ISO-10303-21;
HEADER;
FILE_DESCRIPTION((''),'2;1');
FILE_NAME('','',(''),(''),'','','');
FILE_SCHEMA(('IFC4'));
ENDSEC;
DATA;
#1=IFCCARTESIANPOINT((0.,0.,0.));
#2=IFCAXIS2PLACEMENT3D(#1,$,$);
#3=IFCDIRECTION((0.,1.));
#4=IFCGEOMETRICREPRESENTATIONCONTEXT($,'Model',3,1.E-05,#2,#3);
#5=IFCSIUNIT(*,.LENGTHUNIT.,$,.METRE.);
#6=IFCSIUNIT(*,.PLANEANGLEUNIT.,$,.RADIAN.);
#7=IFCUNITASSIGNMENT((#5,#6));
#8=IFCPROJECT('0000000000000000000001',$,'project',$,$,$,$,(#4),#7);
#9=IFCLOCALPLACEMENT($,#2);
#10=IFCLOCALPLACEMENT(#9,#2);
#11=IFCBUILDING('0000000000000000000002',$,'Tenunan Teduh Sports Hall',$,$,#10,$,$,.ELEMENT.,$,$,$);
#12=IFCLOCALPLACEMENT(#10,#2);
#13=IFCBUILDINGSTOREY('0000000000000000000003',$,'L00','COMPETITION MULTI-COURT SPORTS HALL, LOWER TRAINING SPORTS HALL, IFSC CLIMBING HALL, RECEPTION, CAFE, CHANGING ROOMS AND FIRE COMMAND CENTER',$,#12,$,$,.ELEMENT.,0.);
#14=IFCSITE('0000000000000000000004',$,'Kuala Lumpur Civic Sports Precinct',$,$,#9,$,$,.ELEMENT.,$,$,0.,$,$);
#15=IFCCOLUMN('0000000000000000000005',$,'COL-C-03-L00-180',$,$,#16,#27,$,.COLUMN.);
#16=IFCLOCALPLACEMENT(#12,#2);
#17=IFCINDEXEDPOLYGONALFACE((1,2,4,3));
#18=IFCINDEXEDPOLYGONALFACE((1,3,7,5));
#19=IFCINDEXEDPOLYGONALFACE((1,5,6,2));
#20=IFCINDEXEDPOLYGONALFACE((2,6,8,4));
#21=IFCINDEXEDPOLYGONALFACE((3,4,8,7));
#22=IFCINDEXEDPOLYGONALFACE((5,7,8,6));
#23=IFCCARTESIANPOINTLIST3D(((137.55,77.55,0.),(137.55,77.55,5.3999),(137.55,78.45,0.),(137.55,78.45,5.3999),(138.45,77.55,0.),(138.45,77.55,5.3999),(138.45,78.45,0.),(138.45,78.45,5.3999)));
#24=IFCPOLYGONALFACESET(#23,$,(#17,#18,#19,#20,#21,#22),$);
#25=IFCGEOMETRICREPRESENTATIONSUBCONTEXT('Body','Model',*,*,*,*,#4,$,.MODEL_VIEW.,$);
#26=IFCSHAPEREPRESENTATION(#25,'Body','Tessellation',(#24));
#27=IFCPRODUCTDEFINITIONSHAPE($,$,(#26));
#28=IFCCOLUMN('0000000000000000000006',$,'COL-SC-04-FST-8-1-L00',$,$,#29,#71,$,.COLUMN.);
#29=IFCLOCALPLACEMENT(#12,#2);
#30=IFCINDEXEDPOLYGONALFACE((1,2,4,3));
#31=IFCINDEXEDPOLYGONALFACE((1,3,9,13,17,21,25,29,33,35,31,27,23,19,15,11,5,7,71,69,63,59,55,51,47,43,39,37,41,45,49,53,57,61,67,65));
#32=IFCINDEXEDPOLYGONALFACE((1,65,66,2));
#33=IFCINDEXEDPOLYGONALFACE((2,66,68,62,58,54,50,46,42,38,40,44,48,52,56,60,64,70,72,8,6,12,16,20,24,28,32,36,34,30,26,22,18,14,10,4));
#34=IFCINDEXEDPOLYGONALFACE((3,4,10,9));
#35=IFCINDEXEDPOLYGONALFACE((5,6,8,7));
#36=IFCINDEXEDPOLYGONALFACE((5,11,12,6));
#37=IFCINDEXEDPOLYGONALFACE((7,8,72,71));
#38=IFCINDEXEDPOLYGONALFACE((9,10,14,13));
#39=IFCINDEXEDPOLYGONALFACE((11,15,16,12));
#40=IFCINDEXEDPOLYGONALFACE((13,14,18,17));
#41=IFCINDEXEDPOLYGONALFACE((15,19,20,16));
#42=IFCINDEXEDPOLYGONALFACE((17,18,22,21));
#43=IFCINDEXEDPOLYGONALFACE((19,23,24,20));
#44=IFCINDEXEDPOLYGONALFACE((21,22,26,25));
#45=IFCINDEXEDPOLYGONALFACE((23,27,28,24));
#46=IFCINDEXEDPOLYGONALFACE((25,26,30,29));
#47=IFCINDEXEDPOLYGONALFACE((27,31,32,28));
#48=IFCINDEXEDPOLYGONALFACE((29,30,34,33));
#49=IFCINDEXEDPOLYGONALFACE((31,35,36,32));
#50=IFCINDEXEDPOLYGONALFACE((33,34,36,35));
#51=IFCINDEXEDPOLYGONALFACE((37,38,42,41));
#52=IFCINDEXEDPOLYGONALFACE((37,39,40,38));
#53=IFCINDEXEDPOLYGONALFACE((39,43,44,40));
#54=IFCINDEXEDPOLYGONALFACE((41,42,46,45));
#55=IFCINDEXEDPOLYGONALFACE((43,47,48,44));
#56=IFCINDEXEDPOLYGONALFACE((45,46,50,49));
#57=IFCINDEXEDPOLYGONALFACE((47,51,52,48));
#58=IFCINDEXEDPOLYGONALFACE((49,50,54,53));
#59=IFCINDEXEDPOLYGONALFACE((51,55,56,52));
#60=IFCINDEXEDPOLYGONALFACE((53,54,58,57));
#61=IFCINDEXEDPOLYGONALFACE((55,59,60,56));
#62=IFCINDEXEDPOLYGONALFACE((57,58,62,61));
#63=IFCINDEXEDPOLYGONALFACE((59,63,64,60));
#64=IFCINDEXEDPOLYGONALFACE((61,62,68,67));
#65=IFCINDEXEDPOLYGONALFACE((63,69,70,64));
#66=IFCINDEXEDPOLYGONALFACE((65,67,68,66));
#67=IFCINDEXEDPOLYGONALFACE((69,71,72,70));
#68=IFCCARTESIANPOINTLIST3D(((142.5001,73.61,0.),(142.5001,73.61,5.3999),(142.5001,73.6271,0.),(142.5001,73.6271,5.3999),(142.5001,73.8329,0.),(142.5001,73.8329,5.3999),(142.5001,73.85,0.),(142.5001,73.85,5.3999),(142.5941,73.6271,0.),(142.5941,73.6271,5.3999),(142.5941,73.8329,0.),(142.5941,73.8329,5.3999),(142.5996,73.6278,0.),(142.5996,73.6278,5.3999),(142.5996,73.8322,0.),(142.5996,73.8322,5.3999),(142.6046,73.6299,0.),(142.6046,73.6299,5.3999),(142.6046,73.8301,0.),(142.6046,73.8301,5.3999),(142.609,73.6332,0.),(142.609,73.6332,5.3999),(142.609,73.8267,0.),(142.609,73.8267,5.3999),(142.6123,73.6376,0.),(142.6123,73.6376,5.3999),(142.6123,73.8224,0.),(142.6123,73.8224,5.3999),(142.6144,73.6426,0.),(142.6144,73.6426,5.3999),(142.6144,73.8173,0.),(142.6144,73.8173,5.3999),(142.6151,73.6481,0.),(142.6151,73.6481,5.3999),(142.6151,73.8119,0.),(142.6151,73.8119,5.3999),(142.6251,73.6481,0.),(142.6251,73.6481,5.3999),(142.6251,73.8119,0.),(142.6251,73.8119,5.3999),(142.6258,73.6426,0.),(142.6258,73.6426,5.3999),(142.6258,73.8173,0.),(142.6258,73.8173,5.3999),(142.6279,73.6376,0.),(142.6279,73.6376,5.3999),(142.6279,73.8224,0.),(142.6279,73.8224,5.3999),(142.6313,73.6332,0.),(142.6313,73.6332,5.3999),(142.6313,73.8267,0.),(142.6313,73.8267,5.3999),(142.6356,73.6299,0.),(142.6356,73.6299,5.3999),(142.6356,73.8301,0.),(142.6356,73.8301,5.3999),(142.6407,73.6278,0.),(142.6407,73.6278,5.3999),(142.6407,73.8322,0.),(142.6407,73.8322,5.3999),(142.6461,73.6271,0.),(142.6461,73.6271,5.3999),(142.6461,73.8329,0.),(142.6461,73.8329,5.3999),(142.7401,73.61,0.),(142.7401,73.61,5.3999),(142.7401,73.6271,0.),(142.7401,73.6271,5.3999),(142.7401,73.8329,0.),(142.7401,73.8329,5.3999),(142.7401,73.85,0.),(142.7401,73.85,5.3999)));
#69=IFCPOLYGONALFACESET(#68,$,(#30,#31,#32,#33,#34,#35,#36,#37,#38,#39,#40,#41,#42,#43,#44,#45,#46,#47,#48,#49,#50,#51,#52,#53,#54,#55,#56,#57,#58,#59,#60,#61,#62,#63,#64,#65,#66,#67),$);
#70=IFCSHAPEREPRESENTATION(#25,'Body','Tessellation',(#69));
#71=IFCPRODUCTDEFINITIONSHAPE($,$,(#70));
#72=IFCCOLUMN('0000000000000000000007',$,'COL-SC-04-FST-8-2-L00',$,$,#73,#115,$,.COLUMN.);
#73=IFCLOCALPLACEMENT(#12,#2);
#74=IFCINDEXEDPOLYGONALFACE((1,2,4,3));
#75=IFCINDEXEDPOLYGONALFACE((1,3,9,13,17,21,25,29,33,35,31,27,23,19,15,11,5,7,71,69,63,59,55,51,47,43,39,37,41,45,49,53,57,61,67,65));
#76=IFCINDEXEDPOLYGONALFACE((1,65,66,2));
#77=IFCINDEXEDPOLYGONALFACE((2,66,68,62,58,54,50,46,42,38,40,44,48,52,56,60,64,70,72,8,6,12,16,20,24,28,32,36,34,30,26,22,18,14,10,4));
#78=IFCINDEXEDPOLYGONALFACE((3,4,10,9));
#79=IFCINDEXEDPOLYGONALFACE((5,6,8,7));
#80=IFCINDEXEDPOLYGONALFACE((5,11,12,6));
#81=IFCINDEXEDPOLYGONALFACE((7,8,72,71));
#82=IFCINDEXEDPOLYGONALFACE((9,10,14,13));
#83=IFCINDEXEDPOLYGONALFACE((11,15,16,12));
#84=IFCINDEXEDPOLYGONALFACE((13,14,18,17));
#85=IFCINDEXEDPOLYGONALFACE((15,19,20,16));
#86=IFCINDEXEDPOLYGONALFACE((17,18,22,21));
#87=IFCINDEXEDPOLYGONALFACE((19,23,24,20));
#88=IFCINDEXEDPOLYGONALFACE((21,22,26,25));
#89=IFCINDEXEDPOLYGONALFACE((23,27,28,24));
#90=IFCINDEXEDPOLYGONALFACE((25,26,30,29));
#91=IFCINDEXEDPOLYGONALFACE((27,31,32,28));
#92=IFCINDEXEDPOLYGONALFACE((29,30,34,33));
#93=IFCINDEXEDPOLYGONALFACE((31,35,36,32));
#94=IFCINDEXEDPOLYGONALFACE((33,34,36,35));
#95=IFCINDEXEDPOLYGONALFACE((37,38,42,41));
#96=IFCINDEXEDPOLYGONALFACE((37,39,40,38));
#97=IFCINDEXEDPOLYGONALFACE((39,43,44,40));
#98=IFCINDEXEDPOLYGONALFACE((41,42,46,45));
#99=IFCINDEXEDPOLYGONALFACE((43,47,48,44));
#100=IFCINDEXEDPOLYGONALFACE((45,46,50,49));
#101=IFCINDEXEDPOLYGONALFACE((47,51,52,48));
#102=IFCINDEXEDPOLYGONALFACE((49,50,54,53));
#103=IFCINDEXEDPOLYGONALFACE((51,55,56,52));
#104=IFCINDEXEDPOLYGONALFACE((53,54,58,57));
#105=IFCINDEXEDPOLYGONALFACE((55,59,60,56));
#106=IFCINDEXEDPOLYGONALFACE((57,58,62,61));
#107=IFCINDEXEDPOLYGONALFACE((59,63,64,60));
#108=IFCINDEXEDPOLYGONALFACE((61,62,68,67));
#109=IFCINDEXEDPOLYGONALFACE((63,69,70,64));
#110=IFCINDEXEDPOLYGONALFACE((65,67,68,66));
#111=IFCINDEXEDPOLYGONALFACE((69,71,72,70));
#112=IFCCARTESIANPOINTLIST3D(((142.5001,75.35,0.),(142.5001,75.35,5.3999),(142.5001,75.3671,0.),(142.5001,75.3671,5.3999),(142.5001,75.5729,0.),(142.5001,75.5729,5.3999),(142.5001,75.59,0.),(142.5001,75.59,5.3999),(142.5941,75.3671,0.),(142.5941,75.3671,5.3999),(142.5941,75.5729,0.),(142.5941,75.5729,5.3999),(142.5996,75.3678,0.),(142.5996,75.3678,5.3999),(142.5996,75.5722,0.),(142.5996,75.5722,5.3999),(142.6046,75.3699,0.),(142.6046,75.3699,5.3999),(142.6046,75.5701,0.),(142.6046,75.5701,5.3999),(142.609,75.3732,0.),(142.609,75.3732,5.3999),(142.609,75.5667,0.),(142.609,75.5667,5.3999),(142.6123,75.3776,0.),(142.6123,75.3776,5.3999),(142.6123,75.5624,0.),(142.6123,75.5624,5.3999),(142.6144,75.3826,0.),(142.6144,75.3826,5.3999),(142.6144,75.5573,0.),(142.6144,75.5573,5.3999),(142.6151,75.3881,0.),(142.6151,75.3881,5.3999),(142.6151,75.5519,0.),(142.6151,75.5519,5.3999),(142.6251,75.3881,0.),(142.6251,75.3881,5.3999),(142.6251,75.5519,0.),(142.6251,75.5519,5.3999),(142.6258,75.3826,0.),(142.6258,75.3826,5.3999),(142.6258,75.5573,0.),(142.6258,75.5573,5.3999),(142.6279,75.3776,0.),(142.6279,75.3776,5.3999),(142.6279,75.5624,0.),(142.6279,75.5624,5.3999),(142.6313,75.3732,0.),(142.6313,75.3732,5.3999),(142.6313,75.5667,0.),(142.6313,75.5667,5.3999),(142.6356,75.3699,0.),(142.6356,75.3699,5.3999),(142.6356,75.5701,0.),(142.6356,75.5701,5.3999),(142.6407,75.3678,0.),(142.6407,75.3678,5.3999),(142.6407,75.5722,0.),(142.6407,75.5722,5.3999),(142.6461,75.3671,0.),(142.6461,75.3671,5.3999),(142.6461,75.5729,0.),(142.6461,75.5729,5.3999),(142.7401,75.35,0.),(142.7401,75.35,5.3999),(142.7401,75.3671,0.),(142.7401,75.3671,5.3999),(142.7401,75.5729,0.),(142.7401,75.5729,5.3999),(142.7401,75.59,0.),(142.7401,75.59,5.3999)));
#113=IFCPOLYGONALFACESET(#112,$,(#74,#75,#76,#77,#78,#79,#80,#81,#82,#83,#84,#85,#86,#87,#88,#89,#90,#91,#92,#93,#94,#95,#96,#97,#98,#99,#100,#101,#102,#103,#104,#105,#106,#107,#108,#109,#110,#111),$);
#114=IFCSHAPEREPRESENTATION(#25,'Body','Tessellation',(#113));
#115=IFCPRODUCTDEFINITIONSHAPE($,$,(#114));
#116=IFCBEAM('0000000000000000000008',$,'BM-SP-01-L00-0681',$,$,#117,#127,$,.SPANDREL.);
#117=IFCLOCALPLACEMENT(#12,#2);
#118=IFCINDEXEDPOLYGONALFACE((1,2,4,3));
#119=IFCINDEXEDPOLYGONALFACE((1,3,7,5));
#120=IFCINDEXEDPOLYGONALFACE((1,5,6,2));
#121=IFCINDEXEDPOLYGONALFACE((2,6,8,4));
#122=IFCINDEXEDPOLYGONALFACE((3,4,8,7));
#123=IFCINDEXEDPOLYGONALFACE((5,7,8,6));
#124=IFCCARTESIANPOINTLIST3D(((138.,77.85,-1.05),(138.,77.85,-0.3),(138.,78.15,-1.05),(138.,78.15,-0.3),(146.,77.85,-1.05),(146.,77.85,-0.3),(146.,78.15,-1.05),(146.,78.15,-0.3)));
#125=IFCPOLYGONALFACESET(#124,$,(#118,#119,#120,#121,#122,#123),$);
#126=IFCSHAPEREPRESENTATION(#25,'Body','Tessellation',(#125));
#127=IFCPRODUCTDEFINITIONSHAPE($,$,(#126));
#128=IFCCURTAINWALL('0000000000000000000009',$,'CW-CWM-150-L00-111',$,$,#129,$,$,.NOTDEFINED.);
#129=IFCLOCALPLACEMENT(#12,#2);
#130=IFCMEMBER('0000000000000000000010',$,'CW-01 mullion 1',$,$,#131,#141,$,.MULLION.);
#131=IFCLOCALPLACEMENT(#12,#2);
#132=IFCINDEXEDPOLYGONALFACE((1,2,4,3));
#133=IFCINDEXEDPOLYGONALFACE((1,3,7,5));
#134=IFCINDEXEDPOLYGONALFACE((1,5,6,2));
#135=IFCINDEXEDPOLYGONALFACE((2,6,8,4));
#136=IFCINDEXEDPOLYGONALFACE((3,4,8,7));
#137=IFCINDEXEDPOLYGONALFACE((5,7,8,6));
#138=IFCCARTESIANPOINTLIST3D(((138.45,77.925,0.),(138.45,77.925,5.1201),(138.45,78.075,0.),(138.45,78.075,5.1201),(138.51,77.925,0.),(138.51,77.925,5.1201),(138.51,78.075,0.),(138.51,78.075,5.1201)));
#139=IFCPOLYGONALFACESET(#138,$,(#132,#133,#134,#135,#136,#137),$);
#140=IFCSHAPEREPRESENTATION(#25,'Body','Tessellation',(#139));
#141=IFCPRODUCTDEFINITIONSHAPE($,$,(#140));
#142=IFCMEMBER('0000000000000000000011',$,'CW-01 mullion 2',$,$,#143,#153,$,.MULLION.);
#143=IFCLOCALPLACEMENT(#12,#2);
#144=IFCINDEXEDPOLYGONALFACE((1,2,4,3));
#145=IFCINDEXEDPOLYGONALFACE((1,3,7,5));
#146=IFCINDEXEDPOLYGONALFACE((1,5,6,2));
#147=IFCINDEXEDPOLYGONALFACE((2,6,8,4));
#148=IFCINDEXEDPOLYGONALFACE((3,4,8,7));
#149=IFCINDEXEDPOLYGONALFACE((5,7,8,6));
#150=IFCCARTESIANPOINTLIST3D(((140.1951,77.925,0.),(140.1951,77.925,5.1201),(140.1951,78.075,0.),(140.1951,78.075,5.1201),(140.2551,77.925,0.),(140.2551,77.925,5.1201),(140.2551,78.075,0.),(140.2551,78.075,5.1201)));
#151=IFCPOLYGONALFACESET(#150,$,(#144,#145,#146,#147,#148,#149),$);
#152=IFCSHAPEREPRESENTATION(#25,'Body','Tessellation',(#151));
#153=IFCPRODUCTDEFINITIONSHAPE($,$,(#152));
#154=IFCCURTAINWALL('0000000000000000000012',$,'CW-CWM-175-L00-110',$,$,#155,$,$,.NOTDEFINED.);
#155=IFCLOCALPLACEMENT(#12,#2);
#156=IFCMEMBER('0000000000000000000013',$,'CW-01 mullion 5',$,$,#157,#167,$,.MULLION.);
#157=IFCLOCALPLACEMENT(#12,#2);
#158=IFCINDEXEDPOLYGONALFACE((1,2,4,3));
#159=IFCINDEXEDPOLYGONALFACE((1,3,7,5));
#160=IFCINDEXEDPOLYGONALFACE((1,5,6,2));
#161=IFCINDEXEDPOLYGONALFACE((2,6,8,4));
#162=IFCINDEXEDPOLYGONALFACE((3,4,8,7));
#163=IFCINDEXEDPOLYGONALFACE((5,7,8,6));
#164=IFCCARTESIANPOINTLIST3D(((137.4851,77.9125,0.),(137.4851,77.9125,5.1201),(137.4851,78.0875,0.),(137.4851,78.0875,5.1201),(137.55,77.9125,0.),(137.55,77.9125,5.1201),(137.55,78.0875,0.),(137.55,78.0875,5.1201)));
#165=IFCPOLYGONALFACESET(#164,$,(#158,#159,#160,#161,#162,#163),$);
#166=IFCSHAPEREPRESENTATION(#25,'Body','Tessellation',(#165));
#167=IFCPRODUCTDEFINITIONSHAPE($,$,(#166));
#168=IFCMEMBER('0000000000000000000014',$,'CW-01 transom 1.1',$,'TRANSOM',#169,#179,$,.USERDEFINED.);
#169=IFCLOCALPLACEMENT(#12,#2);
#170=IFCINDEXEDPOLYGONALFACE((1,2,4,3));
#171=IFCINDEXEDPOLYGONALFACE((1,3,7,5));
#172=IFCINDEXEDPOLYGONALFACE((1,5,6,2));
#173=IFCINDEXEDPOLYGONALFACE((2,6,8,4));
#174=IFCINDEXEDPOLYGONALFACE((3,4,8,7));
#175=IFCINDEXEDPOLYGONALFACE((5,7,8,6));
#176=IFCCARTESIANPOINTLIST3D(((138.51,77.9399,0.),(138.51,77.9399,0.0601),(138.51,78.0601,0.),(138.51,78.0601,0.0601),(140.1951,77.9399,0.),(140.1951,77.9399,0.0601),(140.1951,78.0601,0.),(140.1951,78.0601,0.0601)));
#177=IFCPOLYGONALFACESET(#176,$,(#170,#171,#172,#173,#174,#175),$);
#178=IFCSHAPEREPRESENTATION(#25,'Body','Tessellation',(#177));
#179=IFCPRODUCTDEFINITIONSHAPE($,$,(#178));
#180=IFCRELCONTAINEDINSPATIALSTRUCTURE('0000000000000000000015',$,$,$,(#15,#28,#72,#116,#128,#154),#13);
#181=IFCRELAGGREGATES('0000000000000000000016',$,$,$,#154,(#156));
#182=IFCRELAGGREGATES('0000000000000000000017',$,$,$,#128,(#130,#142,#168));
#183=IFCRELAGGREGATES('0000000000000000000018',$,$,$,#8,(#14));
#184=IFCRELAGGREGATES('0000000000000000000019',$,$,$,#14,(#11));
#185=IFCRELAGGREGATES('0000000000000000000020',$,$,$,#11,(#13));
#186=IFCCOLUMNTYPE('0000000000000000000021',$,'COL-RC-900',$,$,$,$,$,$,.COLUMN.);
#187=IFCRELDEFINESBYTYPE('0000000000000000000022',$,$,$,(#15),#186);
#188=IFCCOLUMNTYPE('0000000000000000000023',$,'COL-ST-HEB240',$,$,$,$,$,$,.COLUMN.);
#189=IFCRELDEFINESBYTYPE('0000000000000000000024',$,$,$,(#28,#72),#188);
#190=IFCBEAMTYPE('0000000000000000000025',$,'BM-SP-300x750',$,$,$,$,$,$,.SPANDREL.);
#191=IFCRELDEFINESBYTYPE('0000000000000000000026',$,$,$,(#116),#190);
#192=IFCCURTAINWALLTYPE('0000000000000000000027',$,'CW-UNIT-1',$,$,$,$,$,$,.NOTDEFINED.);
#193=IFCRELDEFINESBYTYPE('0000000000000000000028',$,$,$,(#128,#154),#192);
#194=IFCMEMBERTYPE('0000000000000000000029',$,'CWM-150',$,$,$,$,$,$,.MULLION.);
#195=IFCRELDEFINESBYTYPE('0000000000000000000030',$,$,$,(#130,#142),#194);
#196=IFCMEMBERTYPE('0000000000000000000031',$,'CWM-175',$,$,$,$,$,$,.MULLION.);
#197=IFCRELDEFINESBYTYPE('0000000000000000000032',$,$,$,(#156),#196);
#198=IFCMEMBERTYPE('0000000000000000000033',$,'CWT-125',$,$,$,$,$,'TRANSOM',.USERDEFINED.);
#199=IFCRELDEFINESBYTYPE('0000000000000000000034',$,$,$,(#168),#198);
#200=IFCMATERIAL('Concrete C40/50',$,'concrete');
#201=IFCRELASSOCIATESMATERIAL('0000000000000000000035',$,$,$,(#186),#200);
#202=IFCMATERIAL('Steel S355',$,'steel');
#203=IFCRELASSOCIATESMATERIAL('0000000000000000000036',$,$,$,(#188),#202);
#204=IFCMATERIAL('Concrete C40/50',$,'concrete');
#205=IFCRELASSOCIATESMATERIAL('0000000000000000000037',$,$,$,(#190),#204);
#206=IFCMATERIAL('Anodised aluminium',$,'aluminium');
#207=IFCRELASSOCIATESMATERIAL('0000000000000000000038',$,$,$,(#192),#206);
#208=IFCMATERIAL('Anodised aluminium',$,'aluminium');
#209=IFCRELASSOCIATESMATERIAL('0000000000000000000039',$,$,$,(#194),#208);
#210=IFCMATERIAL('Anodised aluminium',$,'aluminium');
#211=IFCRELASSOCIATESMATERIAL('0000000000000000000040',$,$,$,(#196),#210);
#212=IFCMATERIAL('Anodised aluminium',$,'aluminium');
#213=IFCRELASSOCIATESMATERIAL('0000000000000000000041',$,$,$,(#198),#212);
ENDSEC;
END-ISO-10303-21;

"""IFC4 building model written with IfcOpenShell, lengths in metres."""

from ifc_helpers import new_model, si_unit, direction, frame, origin, origin_2d, place, context, subcontext, project, spatial, rectangle, i_section, extrude, material, material_profile, profile_set, type_object, element, aggregate, save


model = new_model("IFC4")

# Units and contexts
model_context = context("Model", 3, precision=1e-05, world=origin(), true_north=direction((0.0, 1.0)))
body_context = subcontext(model_context, "Body", "Model", "MODEL_VIEW")
ifc_project = project(units=[si_unit("LENGTHUNIT", "METRE"), si_unit("PLANEANGLEUNIT", "RADIAN")], contexts=[model_context])

# Site, building, storey
site_placement = place(None, origin())
site = spatial("IfcSite", under=ifc_project, at=site_placement, Name="Kuala Lumpur Civic Sports Precinct", CompositionType="ELEMENT", RefElevation=0.0)
building_placement = place(site_placement, origin())
building = spatial("IfcBuilding", under=site, at=building_placement, Name="Tenunan Teduh Sports Hall", CompositionType="ELEMENT")
storey_placement = place(building_placement, origin())
storey = spatial("IfcBuildingStorey", under=building, at=storey_placement, Name="L00", Description="COMPETITION MULTI-COURT SPORTS HALL, LOWER TRAINING SPORTS HALL, IFSC CLIMBING HALL, RECEPTION, CAFE, CHANGING ROOMS AND FIRE COMMAND CENTER", CompositionType="ELEMENT", Elevation=0.0)

# Columns
ifc_material_1 = material(Name="Concrete C40/50", Category="concrete")
ifc_material_profile_1 = material_profile(ifc_material_1, rectangle(XDim=0.8999, YDim=0.8999, at=origin_2d()), Name="RC 900x900")
ifc_profile_set_1 = profile_set([ifc_material_profile_1], Name="Concrete C40/50")
column_type_1 = type_object("IfcColumnType", Name="COL-RC-900", PredefinedType="COLUMN", material=ifc_profile_set_1)
column_placement = place(storey_placement, frame((138.0, 78.0, 0.0), z_axis=(0.0, 0.0, 1.0), x_axis=(1.0, 0.0, 0.0)))
element("IfcColumn", 1, at=column_placement, inside=storey, type_object=column_type_1, Name="COL-C-03-L00-180", PredefinedType="COLUMN", context=body_context, shape_type="SweptSolid", body=[
    extrude(rectangle(XDim=0.8999, YDim=0.8999, at=origin_2d()), origin(), (0.0, 0.0, 1.0), 5.3999),
])
ifc_material_2 = material(Name="Steel S355", Category="steel")
ifc_material_profile_2 = material_profile(ifc_material_2, i_section(OverallWidth=0.24, OverallDepth=0.24, WebThickness=0.01, FlangeThickness=0.0171, FilletRadius=0.021, at=origin_2d()), Name="HEB 240")
ifc_profile_set_2 = profile_set([ifc_material_profile_2], Name="Steel S355")
column_type_2 = type_object("IfcColumnType", Name="COL-ST-HEB240", PredefinedType="COLUMN", material=ifc_profile_set_2)
for number, where, z_axis, x_axis, name in (
    (2, (142.6201, 73.73, 0.0), (0.0, 0.0, 1.0), (1.0, 0.0, 0.0), "COL-SC-04-FST-8-1-L00"),
    (3, (142.6201, 75.47, 0.0), (0.0, 0.0, 1.0), (1.0, 0.0, 0.0), "COL-SC-04-FST-8-2-L00"),
):
    element("IfcColumn", number, at=place(storey_placement, frame(where, z_axis=z_axis, x_axis=x_axis)), inside=storey, type_object=column_type_2, Name=name, PredefinedType="COLUMN", context=body_context, shape_type="SweptSolid", body=[
        extrude(i_section(OverallWidth=0.24, OverallDepth=0.24, WebThickness=0.01, FlangeThickness=0.0171, FilletRadius=0.021, at=origin_2d()), origin(), (0.0, 0.0, 1.0), 5.3999),
    ])

# Beam
ifc_material_3 = material(Name="Concrete C40/50", Category="concrete")
ifc_material_profile_3 = material_profile(ifc_material_3, rectangle(XDim=0.3, YDim=0.75, at=origin_2d()), Name="SPB 300x750")
ifc_profile_set_3 = profile_set([ifc_material_profile_3], Name="Concrete C40/50")
beam_type = type_object("IfcBeamType", Name="BM-SP-300x750", PredefinedType="SPANDREL", material=ifc_profile_set_3)
beam_placement = place(storey_placement, frame((138.0, 78.0, -0.675), z_axis=(1.0, 0.0, 0.0), x_axis=(0.0, 1.0, 0.0)))
element("IfcBeam", 4, at=beam_placement, inside=storey, type_object=beam_type, Name="BM-SP-01-L00-0681", PredefinedType="SPANDREL", context=body_context, shape_type="SweptSolid", body=[
    extrude(rectangle(XDim=0.3, YDim=0.75, at=origin_2d()), origin(), (0.0, 0.0, 1.0), 8.0),
])

# Curtain wall, members
ifc_material_4 = material(Name="Anodised aluminium", Category="aluminium")
curtain_wall_type = type_object("IfcCurtainWallType", Name="CW-UNIT-1", PredefinedType="NOTDEFINED", material=ifc_material_4)
curtain_wall_1_placement = place(storey_placement, origin())
curtain_wall_1 = element("IfcCurtainWall", 5, at=curtain_wall_1_placement, inside=storey, type_object=curtain_wall_type, Name="CW-CWM-150-L00-111", PredefinedType="NOTDEFINED")
ifc_material_5 = material(Name="Anodised aluminium", Category="aluminium")
ifc_material_profile_4 = material_profile(ifc_material_5, rectangle(XDim=0.0601, YDim=0.1499, at=origin_2d()), Name="CWM 60x150")
ifc_profile_set_4 = profile_set([ifc_material_profile_4], Name="Anodised aluminium")
member_type_1 = type_object("IfcMemberType", Name="CWM-150", PredefinedType="MULLION", material=ifc_profile_set_4)
member_1_placement = place(storey_placement, frame((138.48, 78.0, 0.0), z_axis=(0.0, 0.0, 1.0), x_axis=(1.0, 0.0, 0.0)))
member_1 = element("IfcMember", 6, at=member_1_placement, type_object=member_type_1, Name="CW-01 mullion 1", PredefinedType="MULLION", context=body_context, shape_type="SweptSolid", body=[
    extrude(rectangle(XDim=0.0601, YDim=0.1499, at=origin_2d()), origin(), (0.0, 0.0, 1.0), 5.1201),
])
member_2_placement = place(storey_placement, frame((140.2251, 78.0, 0.0), z_axis=(0.0, 0.0, 1.0), x_axis=(1.0, 0.0, 0.0)))
member_2 = element("IfcMember", 7, at=member_2_placement, type_object=member_type_1, Name="CW-01 mullion 2", PredefinedType="MULLION", context=body_context, shape_type="SweptSolid", body=[
    extrude(rectangle(XDim=0.0601, YDim=0.1499, at=origin_2d()), origin(), (0.0, 0.0, 1.0), 5.1201),
])

# Curtain wall, member
curtain_wall_2_placement = place(storey_placement, origin())
curtain_wall_2 = element("IfcCurtainWall", 8, at=curtain_wall_2_placement, inside=storey, type_object=curtain_wall_type, Name="CW-CWM-175-L00-110", PredefinedType="NOTDEFINED")
ifc_material_6 = material(Name="Anodised aluminium", Category="aluminium")
ifc_material_profile_5 = material_profile(ifc_material_6, rectangle(XDim=0.0649, YDim=0.175, at=origin_2d()), Name="CWM 65x175")
ifc_profile_set_5 = profile_set([ifc_material_profile_5], Name="Anodised aluminium")
member_type_2 = type_object("IfcMemberType", Name="CWM-175", PredefinedType="MULLION", material=ifc_profile_set_5)
member_3_placement = place(storey_placement, frame((137.5176, 78.0, 0.0), z_axis=(0.0, 0.0, 1.0), x_axis=(1.0, 0.0, 0.0)))
member_3 = element("IfcMember", 9, at=member_3_placement, type_object=member_type_2, Name="CW-01 mullion 5", PredefinedType="MULLION", context=body_context, shape_type="SweptSolid", body=[
    extrude(rectangle(XDim=0.0649, YDim=0.175, at=origin_2d()), origin(), (0.0, 0.0, 1.0), 5.1201),
])

# Member
ifc_material_7 = material(Name="Anodised aluminium", Category="aluminium")
ifc_material_profile_6 = material_profile(ifc_material_7, rectangle(XDim=0.0601, YDim=0.1201, at=origin_2d()), Name="CWT 60x120")
ifc_profile_set_6 = profile_set([ifc_material_profile_6], Name="Anodised aluminium")
member_type_3 = type_object("IfcMemberType", Name="CWT-125", ElementType="TRANSOM", PredefinedType="USERDEFINED", material=ifc_profile_set_6)
member_4_placement = place(storey_placement, frame((138.51, 78.0, 0.03), z_axis=(1.0, 0.0, 0.0), x_axis=(0.0, 0.0, 1.0)))
member_4 = element("IfcMember", 10, at=member_4_placement, type_object=member_type_3, Name="CW-01 transom 1.1", ObjectType="TRANSOM", PredefinedType="USERDEFINED", context=body_context, shape_type="SweptSolid", body=[
    extrude(rectangle(XDim=0.0601, YDim=0.1201, at=origin_2d()), origin(), (0.0, 0.0, 1.0), 1.6851),
])

aggregate(curtain_wall_2, [member_3])
aggregate(curtain_wall_1, [member_1, member_2, member_4])

save(model, "model.ifc")
